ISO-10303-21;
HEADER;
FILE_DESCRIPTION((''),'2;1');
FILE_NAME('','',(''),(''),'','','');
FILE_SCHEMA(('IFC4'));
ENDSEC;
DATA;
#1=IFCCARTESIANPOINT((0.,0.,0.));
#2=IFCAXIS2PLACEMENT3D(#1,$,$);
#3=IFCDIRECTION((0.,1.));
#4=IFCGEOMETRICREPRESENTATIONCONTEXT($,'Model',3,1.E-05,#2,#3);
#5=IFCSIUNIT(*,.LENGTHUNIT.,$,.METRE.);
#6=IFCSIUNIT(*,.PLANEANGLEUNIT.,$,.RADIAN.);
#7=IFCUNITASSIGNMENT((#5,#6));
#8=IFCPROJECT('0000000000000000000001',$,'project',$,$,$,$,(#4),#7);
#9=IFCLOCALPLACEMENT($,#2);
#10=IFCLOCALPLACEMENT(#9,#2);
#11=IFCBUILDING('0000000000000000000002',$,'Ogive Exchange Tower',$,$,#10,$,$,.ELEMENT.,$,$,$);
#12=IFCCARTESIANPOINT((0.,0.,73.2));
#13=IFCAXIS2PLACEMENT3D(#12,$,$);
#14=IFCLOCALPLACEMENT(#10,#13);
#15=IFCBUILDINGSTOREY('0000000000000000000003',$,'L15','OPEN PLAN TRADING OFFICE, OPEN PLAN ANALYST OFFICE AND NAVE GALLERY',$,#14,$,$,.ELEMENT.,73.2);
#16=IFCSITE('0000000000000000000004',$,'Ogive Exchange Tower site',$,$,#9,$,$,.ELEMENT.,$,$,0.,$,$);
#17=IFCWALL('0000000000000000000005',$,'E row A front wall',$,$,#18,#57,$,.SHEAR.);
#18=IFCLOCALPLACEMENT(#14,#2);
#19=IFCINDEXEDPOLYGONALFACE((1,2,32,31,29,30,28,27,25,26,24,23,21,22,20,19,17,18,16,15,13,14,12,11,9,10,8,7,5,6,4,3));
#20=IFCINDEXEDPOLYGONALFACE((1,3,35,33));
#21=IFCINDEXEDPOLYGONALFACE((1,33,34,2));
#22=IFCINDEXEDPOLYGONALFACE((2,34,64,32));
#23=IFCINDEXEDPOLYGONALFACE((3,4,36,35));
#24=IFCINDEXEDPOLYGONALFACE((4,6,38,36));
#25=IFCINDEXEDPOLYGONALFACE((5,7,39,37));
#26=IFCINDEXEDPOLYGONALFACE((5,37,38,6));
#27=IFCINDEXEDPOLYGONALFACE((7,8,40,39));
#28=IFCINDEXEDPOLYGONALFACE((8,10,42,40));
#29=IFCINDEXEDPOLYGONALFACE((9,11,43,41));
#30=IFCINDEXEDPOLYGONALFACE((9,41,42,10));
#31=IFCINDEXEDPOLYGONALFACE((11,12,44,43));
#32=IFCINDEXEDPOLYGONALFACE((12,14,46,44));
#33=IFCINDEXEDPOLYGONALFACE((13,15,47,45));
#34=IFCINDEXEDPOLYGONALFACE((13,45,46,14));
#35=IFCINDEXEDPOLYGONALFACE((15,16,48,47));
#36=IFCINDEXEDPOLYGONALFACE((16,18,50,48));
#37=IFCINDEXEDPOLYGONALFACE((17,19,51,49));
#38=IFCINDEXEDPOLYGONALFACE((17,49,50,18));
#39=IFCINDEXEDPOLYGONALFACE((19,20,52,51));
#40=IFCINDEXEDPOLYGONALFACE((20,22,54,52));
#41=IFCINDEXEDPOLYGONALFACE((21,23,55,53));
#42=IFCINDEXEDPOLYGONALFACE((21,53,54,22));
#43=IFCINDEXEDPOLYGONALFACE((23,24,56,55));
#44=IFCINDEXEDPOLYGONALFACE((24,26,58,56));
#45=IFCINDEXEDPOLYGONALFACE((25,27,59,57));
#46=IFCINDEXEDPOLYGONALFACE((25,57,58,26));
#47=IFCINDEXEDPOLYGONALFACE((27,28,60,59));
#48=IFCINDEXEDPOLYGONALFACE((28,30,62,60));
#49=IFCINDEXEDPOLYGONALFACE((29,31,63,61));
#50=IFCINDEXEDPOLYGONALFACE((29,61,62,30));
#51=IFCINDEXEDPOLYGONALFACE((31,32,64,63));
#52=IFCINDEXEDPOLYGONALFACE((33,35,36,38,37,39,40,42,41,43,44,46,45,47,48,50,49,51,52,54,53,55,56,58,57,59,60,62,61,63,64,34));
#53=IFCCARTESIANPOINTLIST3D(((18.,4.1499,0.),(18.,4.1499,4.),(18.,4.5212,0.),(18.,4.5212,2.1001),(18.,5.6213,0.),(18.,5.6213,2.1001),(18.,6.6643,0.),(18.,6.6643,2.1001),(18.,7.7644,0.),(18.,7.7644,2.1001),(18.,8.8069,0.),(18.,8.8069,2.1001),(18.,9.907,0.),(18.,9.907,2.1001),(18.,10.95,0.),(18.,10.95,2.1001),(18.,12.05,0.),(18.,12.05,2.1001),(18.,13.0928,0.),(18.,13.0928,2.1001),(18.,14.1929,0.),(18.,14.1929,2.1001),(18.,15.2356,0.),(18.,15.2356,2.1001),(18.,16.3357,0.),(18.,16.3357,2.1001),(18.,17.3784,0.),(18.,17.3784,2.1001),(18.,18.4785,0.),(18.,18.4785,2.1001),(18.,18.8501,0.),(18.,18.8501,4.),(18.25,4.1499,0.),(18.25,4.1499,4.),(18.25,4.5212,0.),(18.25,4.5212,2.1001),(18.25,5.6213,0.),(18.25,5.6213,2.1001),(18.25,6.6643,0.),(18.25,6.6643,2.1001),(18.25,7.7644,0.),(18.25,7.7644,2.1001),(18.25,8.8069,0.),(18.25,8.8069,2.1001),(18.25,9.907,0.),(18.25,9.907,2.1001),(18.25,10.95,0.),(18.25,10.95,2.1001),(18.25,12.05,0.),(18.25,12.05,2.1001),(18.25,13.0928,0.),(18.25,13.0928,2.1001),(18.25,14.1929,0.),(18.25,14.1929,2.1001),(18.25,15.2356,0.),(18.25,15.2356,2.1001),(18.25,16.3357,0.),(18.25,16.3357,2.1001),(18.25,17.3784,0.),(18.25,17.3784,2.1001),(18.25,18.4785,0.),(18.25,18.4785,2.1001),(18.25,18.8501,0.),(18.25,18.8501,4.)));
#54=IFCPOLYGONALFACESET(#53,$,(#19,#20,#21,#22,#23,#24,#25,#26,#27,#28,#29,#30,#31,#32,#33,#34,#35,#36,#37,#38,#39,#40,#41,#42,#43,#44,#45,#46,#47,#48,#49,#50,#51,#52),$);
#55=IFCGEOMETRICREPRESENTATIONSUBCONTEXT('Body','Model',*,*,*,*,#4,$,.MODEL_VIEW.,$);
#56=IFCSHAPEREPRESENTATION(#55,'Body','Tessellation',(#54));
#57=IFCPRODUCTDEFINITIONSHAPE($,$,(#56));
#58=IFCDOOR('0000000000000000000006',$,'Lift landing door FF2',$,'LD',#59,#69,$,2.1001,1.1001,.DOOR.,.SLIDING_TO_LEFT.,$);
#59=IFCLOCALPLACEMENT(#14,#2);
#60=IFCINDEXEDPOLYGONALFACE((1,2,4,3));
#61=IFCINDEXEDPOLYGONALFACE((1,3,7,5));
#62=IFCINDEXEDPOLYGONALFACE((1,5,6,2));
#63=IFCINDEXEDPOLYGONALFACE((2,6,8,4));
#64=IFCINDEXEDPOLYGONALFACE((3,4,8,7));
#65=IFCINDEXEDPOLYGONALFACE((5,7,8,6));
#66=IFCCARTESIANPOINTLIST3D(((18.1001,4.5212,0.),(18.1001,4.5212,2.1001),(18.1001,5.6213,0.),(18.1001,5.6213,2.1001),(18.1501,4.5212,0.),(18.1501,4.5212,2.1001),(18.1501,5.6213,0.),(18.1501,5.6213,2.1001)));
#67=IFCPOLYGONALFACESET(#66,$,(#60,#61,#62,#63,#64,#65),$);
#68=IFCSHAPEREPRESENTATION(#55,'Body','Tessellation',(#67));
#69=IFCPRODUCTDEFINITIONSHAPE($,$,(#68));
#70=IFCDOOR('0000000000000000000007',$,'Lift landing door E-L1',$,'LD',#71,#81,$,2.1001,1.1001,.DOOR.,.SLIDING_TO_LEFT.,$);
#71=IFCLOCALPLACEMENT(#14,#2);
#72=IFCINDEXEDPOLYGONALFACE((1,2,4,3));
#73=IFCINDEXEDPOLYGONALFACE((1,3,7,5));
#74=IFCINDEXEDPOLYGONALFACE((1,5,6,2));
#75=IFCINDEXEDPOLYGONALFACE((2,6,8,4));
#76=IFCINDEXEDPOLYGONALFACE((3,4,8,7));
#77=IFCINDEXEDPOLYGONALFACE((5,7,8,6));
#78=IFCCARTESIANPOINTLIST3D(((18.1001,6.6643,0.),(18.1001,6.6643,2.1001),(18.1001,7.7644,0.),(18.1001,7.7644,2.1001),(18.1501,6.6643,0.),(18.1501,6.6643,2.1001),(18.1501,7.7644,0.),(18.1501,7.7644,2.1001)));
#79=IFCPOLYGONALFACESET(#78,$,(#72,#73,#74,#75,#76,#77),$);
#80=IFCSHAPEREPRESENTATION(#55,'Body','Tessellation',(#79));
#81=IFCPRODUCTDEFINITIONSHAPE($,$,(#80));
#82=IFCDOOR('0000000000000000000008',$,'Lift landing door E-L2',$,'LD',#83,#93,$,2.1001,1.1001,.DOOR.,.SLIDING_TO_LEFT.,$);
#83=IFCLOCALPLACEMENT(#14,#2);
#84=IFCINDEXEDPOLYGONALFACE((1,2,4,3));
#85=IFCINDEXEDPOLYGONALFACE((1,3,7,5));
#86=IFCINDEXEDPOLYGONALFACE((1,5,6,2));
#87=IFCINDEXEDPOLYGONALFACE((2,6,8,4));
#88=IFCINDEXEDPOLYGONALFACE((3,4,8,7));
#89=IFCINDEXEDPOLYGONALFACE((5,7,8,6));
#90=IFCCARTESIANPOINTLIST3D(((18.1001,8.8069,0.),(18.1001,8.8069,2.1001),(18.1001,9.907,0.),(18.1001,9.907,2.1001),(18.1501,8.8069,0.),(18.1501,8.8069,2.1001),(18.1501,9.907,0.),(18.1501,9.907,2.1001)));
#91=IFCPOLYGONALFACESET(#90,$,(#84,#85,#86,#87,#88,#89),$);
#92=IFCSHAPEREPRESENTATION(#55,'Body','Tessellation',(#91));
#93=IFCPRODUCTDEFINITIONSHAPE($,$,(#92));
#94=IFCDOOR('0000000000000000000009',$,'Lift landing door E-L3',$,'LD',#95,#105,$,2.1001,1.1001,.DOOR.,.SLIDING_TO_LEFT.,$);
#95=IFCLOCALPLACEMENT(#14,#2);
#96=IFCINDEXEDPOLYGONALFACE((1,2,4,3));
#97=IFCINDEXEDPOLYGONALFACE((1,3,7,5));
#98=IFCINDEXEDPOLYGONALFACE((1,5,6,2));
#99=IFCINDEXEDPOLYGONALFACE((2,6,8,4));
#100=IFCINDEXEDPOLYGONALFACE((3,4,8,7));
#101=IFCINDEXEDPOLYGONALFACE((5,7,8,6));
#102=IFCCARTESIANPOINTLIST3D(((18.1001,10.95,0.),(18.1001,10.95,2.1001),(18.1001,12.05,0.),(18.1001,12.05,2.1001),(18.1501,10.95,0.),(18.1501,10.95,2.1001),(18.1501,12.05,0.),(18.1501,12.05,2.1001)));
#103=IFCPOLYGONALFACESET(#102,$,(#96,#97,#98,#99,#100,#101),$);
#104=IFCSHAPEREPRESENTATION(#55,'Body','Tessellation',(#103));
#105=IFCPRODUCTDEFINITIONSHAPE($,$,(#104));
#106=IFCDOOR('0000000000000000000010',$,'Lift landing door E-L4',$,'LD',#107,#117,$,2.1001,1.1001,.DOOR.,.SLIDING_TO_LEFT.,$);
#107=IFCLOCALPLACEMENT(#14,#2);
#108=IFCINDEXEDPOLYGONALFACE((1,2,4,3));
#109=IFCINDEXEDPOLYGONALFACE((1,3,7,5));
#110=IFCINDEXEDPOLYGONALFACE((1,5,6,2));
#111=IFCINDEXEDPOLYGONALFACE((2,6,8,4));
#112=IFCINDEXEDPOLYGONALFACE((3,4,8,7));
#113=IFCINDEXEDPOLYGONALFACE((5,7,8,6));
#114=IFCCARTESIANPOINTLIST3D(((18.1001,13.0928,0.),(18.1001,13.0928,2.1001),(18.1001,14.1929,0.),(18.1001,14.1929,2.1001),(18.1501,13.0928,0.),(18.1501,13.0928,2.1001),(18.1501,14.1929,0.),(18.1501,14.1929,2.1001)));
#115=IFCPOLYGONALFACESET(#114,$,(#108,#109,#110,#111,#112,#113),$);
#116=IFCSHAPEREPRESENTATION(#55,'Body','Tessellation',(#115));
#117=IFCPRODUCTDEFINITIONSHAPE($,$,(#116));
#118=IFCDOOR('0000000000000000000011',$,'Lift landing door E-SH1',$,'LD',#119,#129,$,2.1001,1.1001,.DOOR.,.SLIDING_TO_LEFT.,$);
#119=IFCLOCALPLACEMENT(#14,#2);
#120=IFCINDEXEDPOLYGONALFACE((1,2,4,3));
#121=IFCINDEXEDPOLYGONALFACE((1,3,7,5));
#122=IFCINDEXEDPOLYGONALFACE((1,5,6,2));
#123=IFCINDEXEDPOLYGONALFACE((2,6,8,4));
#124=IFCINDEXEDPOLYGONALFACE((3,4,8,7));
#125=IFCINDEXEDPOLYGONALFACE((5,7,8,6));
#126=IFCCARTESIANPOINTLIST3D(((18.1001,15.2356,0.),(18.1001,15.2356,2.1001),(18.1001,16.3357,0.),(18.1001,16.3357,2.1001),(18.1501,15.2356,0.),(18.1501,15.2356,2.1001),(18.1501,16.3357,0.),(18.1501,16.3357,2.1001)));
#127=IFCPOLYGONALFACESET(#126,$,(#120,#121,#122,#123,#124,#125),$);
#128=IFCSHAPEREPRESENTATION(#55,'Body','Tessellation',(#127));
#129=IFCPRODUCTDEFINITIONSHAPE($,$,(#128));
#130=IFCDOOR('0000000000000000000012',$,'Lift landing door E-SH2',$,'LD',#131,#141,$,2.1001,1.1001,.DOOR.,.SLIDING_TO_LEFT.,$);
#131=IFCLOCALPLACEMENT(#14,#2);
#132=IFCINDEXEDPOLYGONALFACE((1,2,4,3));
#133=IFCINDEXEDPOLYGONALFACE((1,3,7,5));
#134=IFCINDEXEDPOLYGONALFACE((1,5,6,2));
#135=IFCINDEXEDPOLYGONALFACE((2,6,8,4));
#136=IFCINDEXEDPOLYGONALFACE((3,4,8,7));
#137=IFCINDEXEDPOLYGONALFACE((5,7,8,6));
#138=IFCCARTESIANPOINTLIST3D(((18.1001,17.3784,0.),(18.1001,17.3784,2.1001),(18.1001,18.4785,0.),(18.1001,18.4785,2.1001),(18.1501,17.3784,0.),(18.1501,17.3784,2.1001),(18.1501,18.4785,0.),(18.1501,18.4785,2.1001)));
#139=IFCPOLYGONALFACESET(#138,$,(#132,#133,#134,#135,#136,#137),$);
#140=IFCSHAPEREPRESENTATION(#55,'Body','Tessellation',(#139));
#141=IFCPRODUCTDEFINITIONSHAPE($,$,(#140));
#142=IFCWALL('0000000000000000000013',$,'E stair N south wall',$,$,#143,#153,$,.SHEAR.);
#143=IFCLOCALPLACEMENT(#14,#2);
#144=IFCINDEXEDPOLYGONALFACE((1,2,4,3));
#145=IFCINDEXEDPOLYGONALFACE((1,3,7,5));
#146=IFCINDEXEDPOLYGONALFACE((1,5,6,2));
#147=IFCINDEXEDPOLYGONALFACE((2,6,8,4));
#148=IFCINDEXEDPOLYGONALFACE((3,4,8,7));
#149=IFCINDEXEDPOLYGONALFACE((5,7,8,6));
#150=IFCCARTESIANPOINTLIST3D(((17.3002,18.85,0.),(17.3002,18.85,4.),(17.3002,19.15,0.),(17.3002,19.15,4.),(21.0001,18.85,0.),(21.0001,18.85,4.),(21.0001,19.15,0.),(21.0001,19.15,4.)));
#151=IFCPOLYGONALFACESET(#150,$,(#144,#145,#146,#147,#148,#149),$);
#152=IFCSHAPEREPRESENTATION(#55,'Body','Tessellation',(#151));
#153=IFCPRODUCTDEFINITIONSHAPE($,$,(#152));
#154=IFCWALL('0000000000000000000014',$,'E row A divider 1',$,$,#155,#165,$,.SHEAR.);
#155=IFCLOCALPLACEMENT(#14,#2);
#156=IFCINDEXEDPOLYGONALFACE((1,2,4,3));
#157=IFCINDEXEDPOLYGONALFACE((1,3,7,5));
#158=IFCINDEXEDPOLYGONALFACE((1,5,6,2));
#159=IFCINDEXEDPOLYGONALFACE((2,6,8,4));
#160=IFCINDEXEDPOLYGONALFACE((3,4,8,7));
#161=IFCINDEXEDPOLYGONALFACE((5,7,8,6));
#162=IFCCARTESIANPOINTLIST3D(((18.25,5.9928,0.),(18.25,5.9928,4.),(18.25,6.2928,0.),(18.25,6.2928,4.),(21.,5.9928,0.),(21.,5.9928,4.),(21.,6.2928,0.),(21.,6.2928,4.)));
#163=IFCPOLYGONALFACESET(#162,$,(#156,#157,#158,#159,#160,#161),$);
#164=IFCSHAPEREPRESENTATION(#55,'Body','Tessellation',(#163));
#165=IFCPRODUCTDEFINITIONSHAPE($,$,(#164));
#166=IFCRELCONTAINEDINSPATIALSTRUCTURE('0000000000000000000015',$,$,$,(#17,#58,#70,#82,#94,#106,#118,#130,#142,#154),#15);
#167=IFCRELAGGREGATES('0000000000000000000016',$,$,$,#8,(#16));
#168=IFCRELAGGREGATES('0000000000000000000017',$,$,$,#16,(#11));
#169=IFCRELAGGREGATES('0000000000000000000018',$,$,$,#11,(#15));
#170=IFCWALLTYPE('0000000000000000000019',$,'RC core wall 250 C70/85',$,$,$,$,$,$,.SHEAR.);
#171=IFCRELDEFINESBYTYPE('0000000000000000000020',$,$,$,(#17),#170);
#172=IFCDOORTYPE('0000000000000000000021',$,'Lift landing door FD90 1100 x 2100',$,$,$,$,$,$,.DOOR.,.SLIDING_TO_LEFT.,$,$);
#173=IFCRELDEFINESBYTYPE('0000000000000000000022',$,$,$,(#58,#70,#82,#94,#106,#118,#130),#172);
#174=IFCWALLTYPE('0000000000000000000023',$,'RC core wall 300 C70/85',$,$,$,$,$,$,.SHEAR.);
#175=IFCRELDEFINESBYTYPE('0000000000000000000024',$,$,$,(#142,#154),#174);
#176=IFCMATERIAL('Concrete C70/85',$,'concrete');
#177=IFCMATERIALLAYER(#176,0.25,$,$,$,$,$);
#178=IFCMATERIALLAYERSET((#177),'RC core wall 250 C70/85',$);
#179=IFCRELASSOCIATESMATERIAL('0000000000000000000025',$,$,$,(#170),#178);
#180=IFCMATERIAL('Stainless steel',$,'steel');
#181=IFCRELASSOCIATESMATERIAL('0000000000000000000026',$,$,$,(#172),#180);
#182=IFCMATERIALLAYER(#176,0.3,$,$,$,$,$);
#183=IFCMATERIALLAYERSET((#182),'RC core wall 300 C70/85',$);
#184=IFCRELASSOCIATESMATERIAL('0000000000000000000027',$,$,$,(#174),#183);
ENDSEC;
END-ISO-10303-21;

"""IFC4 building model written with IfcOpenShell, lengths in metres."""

from ifc_helpers import new_model, si_unit, direction, frame, frame_2d, origin, place, context, subcontext, project, spatial, rectangle, extrude, material, layer, layer_set, type_object, element, fill, save


model = new_model("IFC4")

# Units and contexts
model_context = context("Model", 3, precision=1e-05, world=origin(), true_north=direction((0.0, 1.0)))
body_context = subcontext(model_context, "Body", "Model", "MODEL_VIEW")
ifc_project = project(units=[si_unit("LENGTHUNIT", "METRE"), si_unit("PLANEANGLEUNIT", "RADIAN")], contexts=[model_context])

# Site, building, storey
site_placement = place(None, origin())
site = spatial("IfcSite", under=ifc_project, at=site_placement, Name="Ogive Exchange Tower site", CompositionType="ELEMENT", RefElevation=0.0)
building_placement = place(site_placement, origin())
building = spatial("IfcBuilding", under=site, at=building_placement, Name="Ogive Exchange Tower", CompositionType="ELEMENT")
storey_placement = place(building_placement, frame((0.0, 0.0, 73.2)))
storey = spatial("IfcBuildingStorey", under=building, at=storey_placement, Name="L15", Description="OPEN PLAN TRADING OFFICE, OPEN PLAN ANALYST OFFICE AND NAVE GALLERY", CompositionType="ELEMENT", Elevation=73.2)

# Shared definitions
ifc_material_1 = material(Name="Concrete C70/85", Category="concrete")
ifc_layer_1 = layer(ifc_material_1, 0.25)
ifc_layer_set_1 = layer_set([ifc_layer_1], Name="RC core wall 250 C70/85")
wall_type_1 = type_object("IfcWallType", Name="RC core wall 250 C70/85", PredefinedType="SHEAR", material=ifc_layer_set_1)

# Wall, openings, doors
wall_1_placement = place(storey_placement, frame((18.125, 4.1499, 0.0), z_axis=(0.0, 0.0, 1.0), x_axis=(0.0, 1.0, 0.0)))
wall_1 = element("IfcWall", 1, at=wall_1_placement, inside=storey, type_object=wall_type_1, Name="E row A front wall", PredefinedType="SHEAR", context=body_context, shape_type="SweptSolid", body=[
    extrude(rectangle(XDim=14.7002, YDim=0.25, at=frame_2d((7.3501, 0.0))), origin(), (0.0, 0.0, 1.0), 4.0),
])
opening_1_placement = place(wall_1_placement, frame((0.3713, 0.0, 0.0)))
opening_1 = element("IfcOpeningElement", 2, at=opening_1_placement, cuts=wall_1, PredefinedType="OPENING", context=body_context, shape_type="SweptSolid", body=[
    extrude(rectangle(XDim=1.1001, YDim=2.1001, at=frame_2d((0.55, 1.05))), frame((0.0, 0.135, 0.0), z_axis=(0.0, -1.0, 0.0), x_axis=(1.0, 0.0, 0.0)), (0.0, 0.0, 1.0), 0.27),
])
opening_2_placement = place(wall_1_placement, frame((2.5144, 0.0, 0.0)))
opening_2 = element("IfcOpeningElement", 3, at=opening_2_placement, cuts=wall_1, PredefinedType="OPENING", context=body_context, shape_type="SweptSolid", body=[
    extrude(rectangle(XDim=1.1001, YDim=2.1001, at=frame_2d((0.55, 1.05))), frame((0.0, 0.135, 0.0), z_axis=(0.0, -1.0, 0.0), x_axis=(1.0, 0.0, 0.0)), (0.0, 0.0, 1.0), 0.27),
])
opening_3_placement = place(wall_1_placement, frame((4.657, 0.0, 0.0)))
opening_3 = element("IfcOpeningElement", 4, at=opening_3_placement, cuts=wall_1, PredefinedType="OPENING", context=body_context, shape_type="SweptSolid", body=[
    extrude(rectangle(XDim=1.1001, YDim=2.1001, at=frame_2d((0.55, 1.05))), frame((0.0, 0.135, 0.0), z_axis=(0.0, -1.0, 0.0), x_axis=(1.0, 0.0, 0.0)), (0.0, 0.0, 1.0), 0.27),
])
opening_4_placement = place(wall_1_placement, frame((6.8, 0.0, 0.0)))
opening_4 = element("IfcOpeningElement", 5, at=opening_4_placement, cuts=wall_1, PredefinedType="OPENING", context=body_context, shape_type="SweptSolid", body=[
    extrude(rectangle(XDim=1.1001, YDim=2.1001, at=frame_2d((0.55, 1.05))), frame((0.0, 0.135, 0.0), z_axis=(0.0, -1.0, 0.0), x_axis=(1.0, 0.0, 0.0)), (0.0, 0.0, 1.0), 0.27),
])
opening_5_placement = place(wall_1_placement, frame((8.9429, 0.0, 0.0)))
opening_5 = element("IfcOpeningElement", 6, at=opening_5_placement, cuts=wall_1, PredefinedType="OPENING", context=body_context, shape_type="SweptSolid", body=[
    extrude(rectangle(XDim=1.1001, YDim=2.1001, at=frame_2d((0.55, 1.05))), frame((0.0, 0.135, 0.0), z_axis=(0.0, -1.0, 0.0), x_axis=(1.0, 0.0, 0.0)), (0.0, 0.0, 1.0), 0.27),
])
opening_6_placement = place(wall_1_placement, frame((11.0857, 0.0, 0.0)))
opening_6 = element("IfcOpeningElement", 7, at=opening_6_placement, cuts=wall_1, PredefinedType="OPENING", context=body_context, shape_type="SweptSolid", body=[
    extrude(rectangle(XDim=1.1001, YDim=2.1001, at=frame_2d((0.55, 1.05))), frame((0.0, 0.135, 0.0), z_axis=(0.0, -1.0, 0.0), x_axis=(1.0, 0.0, 0.0)), (0.0, 0.0, 1.0), 0.27),
])
opening_7_placement = place(wall_1_placement, frame((13.2285, 0.0, 0.0)))
opening_7 = element("IfcOpeningElement", 8, at=opening_7_placement, cuts=wall_1, PredefinedType="OPENING", context=body_context, shape_type="SweptSolid", body=[
    extrude(rectangle(XDim=1.1001, YDim=2.1001, at=frame_2d((0.55, 1.05))), frame((0.0, 0.135, 0.0), z_axis=(0.0, -1.0, 0.0), x_axis=(1.0, 0.0, 0.0)), (0.0, 0.0, 1.0), 0.27),
])
ifc_material_2 = material(Name="Stainless steel", Category="steel")
door_type_1 = type_object("IfcDoorType", Name="Lift landing door FD90 1100 x 2100", OperationType="SLIDING_TO_LEFT", PredefinedType="DOOR", material=ifc_material_2)
door_1_placement = place(opening_1_placement, origin())
door_1 = element("IfcDoor", 9, at=door_1_placement, inside=storey, type_object=door_type_1, Name="Lift landing door FF2", ObjectType="LD", OperationType="SLIDING_TO_LEFT", OverallHeight=2.1001, OverallWidth=1.1001, PredefinedType="DOOR", context=body_context, shape_type="SweptSolid", body=[
    extrude(rectangle(XDim=1.1001, YDim=2.1001, at=frame_2d((0.55, 1.05))), frame((0.0, 0.0249, 0.0), z_axis=(0.0, -1.0, 0.0), x_axis=(1.0, 0.0, 0.0)), (0.0, 0.0, 1.0), 0.05),
])
fill(opening_1, door_1)
door_2_placement = place(opening_2_placement, origin())
door_2 = element("IfcDoor", 10, at=door_2_placement, inside=storey, type_object=door_type_1, Name="Lift landing door E-L1", ObjectType="LD", OperationType="SLIDING_TO_LEFT", OverallHeight=2.1001, OverallWidth=1.1001, PredefinedType="DOOR", context=body_context, shape_type="SweptSolid", body=[
    extrude(rectangle(XDim=1.1001, YDim=2.1001, at=frame_2d((0.55, 1.05))), frame((0.0, 0.0249, 0.0), z_axis=(0.0, -1.0, 0.0), x_axis=(1.0, 0.0, 0.0)), (0.0, 0.0, 1.0), 0.05),
])
fill(opening_2, door_2)
door_3_placement = place(opening_3_placement, origin())
door_3 = element("IfcDoor", 11, at=door_3_placement, inside=storey, type_object=door_type_1, Name="Lift landing door E-L2", ObjectType="LD", OperationType="SLIDING_TO_LEFT", OverallHeight=2.1001, OverallWidth=1.1001, PredefinedType="DOOR", context=body_context, shape_type="SweptSolid", body=[
    extrude(rectangle(XDim=1.1001, YDim=2.1001, at=frame_2d((0.55, 1.05))), frame((0.0, 0.0249, 0.0), z_axis=(0.0, -1.0, 0.0), x_axis=(1.0, 0.0, 0.0)), (0.0, 0.0, 1.0), 0.05),
])
fill(opening_3, door_3)
door_4_placement = place(opening_4_placement, origin())
door_4 = element("IfcDoor", 12, at=door_4_placement, inside=storey, type_object=door_type_1, Name="Lift landing door E-L3", ObjectType="LD", OperationType="SLIDING_TO_LEFT", OverallHeight=2.1001, OverallWidth=1.1001, PredefinedType="DOOR", context=body_context, shape_type="SweptSolid", body=[
    extrude(rectangle(XDim=1.1001, YDim=2.1001, at=frame_2d((0.55, 1.05))), frame((0.0, 0.0249, 0.0), z_axis=(0.0, -1.0, 0.0), x_axis=(1.0, 0.0, 0.0)), (0.0, 0.0, 1.0), 0.05),
])
fill(opening_4, door_4)
door_5_placement = place(opening_5_placement, origin())
door_5 = element("IfcDoor", 13, at=door_5_placement, inside=storey, type_object=door_type_1, Name="Lift landing door E-L4", ObjectType="LD", OperationType="SLIDING_TO_LEFT", OverallHeight=2.1001, OverallWidth=1.1001, PredefinedType="DOOR", context=body_context, shape_type="SweptSolid", body=[
    extrude(rectangle(XDim=1.1001, YDim=2.1001, at=frame_2d((0.55, 1.05))), frame((0.0, 0.0249, 0.0), z_axis=(0.0, -1.0, 0.0), x_axis=(1.0, 0.0, 0.0)), (0.0, 0.0, 1.0), 0.05),
])
fill(opening_5, door_5)
door_6_placement = place(opening_6_placement, origin())
door_6 = element("IfcDoor", 14, at=door_6_placement, inside=storey, type_object=door_type_1, Name="Lift landing door E-SH1", ObjectType="LD", OperationType="SLIDING_TO_LEFT", OverallHeight=2.1001, OverallWidth=1.1001, PredefinedType="DOOR", context=body_context, shape_type="SweptSolid", body=[
    extrude(rectangle(XDim=1.1001, YDim=2.1001, at=frame_2d((0.55, 1.05))), frame((0.0, 0.0249, 0.0), z_axis=(0.0, -1.0, 0.0), x_axis=(1.0, 0.0, 0.0)), (0.0, 0.0, 1.0), 0.05),
])
fill(opening_6, door_6)
door_7_placement = place(opening_7_placement, origin())
door_7 = element("IfcDoor", 15, at=door_7_placement, inside=storey, type_object=door_type_1, Name="Lift landing door E-SH2", ObjectType="LD", OperationType="SLIDING_TO_LEFT", OverallHeight=2.1001, OverallWidth=1.1001, PredefinedType="DOOR", context=body_context, shape_type="SweptSolid", body=[
    extrude(rectangle(XDim=1.1001, YDim=2.1001, at=frame_2d((0.55, 1.05))), frame((0.0, 0.0249, 0.0), z_axis=(0.0, -1.0, 0.0), x_axis=(1.0, 0.0, 0.0)), (0.0, 0.0, 1.0), 0.05),
])
fill(opening_7, door_7)

# Walls
ifc_layer_2 = layer(ifc_material_1, 0.3)
ifc_layer_set_2 = layer_set([ifc_layer_2], Name="RC core wall 300 C70/85")
wall_type_2 = type_object("IfcWallType", Name="RC core wall 300 C70/85", PredefinedType="SHEAR", material=ifc_layer_set_2)
wall_2_placement = place(storey_placement, frame((17.3, 19.0, 0.0), z_axis=(0.0, 0.0, 1.0), x_axis=(1.0, 0.0, 0.0)))
element("IfcWall", 16, at=wall_2_placement, inside=storey, type_object=wall_type_2, Name="E stair N south wall", PredefinedType="SHEAR", context=body_context, shape_type="SweptSolid", body=[
    extrude(rectangle(XDim=3.7, YDim=0.3, at=frame_2d((1.8501, 0.0))), origin(), (0.0, 0.0, 1.0), 4.0),
])
for number, where, z_axis, x_axis, name in (
    (17, (18.25, 6.1428, 0.0), (0.0, 0.0, 1.0), (1.0, 0.0, 0.0), "E row A divider 1"),
):
    element("IfcWall", number, at=place(storey_placement, frame(where, z_axis=z_axis, x_axis=x_axis)), inside=storey, type_object=wall_type_2, Name=name, PredefinedType="SHEAR", context=body_context, shape_type="SweptSolid", body=[
        extrude(rectangle(XDim=2.75, YDim=0.3, at=frame_2d((1.375, 0.0))), origin(), (0.0, 0.0, 1.0), 4.0),
    ])

save(model, "model.ifc")
